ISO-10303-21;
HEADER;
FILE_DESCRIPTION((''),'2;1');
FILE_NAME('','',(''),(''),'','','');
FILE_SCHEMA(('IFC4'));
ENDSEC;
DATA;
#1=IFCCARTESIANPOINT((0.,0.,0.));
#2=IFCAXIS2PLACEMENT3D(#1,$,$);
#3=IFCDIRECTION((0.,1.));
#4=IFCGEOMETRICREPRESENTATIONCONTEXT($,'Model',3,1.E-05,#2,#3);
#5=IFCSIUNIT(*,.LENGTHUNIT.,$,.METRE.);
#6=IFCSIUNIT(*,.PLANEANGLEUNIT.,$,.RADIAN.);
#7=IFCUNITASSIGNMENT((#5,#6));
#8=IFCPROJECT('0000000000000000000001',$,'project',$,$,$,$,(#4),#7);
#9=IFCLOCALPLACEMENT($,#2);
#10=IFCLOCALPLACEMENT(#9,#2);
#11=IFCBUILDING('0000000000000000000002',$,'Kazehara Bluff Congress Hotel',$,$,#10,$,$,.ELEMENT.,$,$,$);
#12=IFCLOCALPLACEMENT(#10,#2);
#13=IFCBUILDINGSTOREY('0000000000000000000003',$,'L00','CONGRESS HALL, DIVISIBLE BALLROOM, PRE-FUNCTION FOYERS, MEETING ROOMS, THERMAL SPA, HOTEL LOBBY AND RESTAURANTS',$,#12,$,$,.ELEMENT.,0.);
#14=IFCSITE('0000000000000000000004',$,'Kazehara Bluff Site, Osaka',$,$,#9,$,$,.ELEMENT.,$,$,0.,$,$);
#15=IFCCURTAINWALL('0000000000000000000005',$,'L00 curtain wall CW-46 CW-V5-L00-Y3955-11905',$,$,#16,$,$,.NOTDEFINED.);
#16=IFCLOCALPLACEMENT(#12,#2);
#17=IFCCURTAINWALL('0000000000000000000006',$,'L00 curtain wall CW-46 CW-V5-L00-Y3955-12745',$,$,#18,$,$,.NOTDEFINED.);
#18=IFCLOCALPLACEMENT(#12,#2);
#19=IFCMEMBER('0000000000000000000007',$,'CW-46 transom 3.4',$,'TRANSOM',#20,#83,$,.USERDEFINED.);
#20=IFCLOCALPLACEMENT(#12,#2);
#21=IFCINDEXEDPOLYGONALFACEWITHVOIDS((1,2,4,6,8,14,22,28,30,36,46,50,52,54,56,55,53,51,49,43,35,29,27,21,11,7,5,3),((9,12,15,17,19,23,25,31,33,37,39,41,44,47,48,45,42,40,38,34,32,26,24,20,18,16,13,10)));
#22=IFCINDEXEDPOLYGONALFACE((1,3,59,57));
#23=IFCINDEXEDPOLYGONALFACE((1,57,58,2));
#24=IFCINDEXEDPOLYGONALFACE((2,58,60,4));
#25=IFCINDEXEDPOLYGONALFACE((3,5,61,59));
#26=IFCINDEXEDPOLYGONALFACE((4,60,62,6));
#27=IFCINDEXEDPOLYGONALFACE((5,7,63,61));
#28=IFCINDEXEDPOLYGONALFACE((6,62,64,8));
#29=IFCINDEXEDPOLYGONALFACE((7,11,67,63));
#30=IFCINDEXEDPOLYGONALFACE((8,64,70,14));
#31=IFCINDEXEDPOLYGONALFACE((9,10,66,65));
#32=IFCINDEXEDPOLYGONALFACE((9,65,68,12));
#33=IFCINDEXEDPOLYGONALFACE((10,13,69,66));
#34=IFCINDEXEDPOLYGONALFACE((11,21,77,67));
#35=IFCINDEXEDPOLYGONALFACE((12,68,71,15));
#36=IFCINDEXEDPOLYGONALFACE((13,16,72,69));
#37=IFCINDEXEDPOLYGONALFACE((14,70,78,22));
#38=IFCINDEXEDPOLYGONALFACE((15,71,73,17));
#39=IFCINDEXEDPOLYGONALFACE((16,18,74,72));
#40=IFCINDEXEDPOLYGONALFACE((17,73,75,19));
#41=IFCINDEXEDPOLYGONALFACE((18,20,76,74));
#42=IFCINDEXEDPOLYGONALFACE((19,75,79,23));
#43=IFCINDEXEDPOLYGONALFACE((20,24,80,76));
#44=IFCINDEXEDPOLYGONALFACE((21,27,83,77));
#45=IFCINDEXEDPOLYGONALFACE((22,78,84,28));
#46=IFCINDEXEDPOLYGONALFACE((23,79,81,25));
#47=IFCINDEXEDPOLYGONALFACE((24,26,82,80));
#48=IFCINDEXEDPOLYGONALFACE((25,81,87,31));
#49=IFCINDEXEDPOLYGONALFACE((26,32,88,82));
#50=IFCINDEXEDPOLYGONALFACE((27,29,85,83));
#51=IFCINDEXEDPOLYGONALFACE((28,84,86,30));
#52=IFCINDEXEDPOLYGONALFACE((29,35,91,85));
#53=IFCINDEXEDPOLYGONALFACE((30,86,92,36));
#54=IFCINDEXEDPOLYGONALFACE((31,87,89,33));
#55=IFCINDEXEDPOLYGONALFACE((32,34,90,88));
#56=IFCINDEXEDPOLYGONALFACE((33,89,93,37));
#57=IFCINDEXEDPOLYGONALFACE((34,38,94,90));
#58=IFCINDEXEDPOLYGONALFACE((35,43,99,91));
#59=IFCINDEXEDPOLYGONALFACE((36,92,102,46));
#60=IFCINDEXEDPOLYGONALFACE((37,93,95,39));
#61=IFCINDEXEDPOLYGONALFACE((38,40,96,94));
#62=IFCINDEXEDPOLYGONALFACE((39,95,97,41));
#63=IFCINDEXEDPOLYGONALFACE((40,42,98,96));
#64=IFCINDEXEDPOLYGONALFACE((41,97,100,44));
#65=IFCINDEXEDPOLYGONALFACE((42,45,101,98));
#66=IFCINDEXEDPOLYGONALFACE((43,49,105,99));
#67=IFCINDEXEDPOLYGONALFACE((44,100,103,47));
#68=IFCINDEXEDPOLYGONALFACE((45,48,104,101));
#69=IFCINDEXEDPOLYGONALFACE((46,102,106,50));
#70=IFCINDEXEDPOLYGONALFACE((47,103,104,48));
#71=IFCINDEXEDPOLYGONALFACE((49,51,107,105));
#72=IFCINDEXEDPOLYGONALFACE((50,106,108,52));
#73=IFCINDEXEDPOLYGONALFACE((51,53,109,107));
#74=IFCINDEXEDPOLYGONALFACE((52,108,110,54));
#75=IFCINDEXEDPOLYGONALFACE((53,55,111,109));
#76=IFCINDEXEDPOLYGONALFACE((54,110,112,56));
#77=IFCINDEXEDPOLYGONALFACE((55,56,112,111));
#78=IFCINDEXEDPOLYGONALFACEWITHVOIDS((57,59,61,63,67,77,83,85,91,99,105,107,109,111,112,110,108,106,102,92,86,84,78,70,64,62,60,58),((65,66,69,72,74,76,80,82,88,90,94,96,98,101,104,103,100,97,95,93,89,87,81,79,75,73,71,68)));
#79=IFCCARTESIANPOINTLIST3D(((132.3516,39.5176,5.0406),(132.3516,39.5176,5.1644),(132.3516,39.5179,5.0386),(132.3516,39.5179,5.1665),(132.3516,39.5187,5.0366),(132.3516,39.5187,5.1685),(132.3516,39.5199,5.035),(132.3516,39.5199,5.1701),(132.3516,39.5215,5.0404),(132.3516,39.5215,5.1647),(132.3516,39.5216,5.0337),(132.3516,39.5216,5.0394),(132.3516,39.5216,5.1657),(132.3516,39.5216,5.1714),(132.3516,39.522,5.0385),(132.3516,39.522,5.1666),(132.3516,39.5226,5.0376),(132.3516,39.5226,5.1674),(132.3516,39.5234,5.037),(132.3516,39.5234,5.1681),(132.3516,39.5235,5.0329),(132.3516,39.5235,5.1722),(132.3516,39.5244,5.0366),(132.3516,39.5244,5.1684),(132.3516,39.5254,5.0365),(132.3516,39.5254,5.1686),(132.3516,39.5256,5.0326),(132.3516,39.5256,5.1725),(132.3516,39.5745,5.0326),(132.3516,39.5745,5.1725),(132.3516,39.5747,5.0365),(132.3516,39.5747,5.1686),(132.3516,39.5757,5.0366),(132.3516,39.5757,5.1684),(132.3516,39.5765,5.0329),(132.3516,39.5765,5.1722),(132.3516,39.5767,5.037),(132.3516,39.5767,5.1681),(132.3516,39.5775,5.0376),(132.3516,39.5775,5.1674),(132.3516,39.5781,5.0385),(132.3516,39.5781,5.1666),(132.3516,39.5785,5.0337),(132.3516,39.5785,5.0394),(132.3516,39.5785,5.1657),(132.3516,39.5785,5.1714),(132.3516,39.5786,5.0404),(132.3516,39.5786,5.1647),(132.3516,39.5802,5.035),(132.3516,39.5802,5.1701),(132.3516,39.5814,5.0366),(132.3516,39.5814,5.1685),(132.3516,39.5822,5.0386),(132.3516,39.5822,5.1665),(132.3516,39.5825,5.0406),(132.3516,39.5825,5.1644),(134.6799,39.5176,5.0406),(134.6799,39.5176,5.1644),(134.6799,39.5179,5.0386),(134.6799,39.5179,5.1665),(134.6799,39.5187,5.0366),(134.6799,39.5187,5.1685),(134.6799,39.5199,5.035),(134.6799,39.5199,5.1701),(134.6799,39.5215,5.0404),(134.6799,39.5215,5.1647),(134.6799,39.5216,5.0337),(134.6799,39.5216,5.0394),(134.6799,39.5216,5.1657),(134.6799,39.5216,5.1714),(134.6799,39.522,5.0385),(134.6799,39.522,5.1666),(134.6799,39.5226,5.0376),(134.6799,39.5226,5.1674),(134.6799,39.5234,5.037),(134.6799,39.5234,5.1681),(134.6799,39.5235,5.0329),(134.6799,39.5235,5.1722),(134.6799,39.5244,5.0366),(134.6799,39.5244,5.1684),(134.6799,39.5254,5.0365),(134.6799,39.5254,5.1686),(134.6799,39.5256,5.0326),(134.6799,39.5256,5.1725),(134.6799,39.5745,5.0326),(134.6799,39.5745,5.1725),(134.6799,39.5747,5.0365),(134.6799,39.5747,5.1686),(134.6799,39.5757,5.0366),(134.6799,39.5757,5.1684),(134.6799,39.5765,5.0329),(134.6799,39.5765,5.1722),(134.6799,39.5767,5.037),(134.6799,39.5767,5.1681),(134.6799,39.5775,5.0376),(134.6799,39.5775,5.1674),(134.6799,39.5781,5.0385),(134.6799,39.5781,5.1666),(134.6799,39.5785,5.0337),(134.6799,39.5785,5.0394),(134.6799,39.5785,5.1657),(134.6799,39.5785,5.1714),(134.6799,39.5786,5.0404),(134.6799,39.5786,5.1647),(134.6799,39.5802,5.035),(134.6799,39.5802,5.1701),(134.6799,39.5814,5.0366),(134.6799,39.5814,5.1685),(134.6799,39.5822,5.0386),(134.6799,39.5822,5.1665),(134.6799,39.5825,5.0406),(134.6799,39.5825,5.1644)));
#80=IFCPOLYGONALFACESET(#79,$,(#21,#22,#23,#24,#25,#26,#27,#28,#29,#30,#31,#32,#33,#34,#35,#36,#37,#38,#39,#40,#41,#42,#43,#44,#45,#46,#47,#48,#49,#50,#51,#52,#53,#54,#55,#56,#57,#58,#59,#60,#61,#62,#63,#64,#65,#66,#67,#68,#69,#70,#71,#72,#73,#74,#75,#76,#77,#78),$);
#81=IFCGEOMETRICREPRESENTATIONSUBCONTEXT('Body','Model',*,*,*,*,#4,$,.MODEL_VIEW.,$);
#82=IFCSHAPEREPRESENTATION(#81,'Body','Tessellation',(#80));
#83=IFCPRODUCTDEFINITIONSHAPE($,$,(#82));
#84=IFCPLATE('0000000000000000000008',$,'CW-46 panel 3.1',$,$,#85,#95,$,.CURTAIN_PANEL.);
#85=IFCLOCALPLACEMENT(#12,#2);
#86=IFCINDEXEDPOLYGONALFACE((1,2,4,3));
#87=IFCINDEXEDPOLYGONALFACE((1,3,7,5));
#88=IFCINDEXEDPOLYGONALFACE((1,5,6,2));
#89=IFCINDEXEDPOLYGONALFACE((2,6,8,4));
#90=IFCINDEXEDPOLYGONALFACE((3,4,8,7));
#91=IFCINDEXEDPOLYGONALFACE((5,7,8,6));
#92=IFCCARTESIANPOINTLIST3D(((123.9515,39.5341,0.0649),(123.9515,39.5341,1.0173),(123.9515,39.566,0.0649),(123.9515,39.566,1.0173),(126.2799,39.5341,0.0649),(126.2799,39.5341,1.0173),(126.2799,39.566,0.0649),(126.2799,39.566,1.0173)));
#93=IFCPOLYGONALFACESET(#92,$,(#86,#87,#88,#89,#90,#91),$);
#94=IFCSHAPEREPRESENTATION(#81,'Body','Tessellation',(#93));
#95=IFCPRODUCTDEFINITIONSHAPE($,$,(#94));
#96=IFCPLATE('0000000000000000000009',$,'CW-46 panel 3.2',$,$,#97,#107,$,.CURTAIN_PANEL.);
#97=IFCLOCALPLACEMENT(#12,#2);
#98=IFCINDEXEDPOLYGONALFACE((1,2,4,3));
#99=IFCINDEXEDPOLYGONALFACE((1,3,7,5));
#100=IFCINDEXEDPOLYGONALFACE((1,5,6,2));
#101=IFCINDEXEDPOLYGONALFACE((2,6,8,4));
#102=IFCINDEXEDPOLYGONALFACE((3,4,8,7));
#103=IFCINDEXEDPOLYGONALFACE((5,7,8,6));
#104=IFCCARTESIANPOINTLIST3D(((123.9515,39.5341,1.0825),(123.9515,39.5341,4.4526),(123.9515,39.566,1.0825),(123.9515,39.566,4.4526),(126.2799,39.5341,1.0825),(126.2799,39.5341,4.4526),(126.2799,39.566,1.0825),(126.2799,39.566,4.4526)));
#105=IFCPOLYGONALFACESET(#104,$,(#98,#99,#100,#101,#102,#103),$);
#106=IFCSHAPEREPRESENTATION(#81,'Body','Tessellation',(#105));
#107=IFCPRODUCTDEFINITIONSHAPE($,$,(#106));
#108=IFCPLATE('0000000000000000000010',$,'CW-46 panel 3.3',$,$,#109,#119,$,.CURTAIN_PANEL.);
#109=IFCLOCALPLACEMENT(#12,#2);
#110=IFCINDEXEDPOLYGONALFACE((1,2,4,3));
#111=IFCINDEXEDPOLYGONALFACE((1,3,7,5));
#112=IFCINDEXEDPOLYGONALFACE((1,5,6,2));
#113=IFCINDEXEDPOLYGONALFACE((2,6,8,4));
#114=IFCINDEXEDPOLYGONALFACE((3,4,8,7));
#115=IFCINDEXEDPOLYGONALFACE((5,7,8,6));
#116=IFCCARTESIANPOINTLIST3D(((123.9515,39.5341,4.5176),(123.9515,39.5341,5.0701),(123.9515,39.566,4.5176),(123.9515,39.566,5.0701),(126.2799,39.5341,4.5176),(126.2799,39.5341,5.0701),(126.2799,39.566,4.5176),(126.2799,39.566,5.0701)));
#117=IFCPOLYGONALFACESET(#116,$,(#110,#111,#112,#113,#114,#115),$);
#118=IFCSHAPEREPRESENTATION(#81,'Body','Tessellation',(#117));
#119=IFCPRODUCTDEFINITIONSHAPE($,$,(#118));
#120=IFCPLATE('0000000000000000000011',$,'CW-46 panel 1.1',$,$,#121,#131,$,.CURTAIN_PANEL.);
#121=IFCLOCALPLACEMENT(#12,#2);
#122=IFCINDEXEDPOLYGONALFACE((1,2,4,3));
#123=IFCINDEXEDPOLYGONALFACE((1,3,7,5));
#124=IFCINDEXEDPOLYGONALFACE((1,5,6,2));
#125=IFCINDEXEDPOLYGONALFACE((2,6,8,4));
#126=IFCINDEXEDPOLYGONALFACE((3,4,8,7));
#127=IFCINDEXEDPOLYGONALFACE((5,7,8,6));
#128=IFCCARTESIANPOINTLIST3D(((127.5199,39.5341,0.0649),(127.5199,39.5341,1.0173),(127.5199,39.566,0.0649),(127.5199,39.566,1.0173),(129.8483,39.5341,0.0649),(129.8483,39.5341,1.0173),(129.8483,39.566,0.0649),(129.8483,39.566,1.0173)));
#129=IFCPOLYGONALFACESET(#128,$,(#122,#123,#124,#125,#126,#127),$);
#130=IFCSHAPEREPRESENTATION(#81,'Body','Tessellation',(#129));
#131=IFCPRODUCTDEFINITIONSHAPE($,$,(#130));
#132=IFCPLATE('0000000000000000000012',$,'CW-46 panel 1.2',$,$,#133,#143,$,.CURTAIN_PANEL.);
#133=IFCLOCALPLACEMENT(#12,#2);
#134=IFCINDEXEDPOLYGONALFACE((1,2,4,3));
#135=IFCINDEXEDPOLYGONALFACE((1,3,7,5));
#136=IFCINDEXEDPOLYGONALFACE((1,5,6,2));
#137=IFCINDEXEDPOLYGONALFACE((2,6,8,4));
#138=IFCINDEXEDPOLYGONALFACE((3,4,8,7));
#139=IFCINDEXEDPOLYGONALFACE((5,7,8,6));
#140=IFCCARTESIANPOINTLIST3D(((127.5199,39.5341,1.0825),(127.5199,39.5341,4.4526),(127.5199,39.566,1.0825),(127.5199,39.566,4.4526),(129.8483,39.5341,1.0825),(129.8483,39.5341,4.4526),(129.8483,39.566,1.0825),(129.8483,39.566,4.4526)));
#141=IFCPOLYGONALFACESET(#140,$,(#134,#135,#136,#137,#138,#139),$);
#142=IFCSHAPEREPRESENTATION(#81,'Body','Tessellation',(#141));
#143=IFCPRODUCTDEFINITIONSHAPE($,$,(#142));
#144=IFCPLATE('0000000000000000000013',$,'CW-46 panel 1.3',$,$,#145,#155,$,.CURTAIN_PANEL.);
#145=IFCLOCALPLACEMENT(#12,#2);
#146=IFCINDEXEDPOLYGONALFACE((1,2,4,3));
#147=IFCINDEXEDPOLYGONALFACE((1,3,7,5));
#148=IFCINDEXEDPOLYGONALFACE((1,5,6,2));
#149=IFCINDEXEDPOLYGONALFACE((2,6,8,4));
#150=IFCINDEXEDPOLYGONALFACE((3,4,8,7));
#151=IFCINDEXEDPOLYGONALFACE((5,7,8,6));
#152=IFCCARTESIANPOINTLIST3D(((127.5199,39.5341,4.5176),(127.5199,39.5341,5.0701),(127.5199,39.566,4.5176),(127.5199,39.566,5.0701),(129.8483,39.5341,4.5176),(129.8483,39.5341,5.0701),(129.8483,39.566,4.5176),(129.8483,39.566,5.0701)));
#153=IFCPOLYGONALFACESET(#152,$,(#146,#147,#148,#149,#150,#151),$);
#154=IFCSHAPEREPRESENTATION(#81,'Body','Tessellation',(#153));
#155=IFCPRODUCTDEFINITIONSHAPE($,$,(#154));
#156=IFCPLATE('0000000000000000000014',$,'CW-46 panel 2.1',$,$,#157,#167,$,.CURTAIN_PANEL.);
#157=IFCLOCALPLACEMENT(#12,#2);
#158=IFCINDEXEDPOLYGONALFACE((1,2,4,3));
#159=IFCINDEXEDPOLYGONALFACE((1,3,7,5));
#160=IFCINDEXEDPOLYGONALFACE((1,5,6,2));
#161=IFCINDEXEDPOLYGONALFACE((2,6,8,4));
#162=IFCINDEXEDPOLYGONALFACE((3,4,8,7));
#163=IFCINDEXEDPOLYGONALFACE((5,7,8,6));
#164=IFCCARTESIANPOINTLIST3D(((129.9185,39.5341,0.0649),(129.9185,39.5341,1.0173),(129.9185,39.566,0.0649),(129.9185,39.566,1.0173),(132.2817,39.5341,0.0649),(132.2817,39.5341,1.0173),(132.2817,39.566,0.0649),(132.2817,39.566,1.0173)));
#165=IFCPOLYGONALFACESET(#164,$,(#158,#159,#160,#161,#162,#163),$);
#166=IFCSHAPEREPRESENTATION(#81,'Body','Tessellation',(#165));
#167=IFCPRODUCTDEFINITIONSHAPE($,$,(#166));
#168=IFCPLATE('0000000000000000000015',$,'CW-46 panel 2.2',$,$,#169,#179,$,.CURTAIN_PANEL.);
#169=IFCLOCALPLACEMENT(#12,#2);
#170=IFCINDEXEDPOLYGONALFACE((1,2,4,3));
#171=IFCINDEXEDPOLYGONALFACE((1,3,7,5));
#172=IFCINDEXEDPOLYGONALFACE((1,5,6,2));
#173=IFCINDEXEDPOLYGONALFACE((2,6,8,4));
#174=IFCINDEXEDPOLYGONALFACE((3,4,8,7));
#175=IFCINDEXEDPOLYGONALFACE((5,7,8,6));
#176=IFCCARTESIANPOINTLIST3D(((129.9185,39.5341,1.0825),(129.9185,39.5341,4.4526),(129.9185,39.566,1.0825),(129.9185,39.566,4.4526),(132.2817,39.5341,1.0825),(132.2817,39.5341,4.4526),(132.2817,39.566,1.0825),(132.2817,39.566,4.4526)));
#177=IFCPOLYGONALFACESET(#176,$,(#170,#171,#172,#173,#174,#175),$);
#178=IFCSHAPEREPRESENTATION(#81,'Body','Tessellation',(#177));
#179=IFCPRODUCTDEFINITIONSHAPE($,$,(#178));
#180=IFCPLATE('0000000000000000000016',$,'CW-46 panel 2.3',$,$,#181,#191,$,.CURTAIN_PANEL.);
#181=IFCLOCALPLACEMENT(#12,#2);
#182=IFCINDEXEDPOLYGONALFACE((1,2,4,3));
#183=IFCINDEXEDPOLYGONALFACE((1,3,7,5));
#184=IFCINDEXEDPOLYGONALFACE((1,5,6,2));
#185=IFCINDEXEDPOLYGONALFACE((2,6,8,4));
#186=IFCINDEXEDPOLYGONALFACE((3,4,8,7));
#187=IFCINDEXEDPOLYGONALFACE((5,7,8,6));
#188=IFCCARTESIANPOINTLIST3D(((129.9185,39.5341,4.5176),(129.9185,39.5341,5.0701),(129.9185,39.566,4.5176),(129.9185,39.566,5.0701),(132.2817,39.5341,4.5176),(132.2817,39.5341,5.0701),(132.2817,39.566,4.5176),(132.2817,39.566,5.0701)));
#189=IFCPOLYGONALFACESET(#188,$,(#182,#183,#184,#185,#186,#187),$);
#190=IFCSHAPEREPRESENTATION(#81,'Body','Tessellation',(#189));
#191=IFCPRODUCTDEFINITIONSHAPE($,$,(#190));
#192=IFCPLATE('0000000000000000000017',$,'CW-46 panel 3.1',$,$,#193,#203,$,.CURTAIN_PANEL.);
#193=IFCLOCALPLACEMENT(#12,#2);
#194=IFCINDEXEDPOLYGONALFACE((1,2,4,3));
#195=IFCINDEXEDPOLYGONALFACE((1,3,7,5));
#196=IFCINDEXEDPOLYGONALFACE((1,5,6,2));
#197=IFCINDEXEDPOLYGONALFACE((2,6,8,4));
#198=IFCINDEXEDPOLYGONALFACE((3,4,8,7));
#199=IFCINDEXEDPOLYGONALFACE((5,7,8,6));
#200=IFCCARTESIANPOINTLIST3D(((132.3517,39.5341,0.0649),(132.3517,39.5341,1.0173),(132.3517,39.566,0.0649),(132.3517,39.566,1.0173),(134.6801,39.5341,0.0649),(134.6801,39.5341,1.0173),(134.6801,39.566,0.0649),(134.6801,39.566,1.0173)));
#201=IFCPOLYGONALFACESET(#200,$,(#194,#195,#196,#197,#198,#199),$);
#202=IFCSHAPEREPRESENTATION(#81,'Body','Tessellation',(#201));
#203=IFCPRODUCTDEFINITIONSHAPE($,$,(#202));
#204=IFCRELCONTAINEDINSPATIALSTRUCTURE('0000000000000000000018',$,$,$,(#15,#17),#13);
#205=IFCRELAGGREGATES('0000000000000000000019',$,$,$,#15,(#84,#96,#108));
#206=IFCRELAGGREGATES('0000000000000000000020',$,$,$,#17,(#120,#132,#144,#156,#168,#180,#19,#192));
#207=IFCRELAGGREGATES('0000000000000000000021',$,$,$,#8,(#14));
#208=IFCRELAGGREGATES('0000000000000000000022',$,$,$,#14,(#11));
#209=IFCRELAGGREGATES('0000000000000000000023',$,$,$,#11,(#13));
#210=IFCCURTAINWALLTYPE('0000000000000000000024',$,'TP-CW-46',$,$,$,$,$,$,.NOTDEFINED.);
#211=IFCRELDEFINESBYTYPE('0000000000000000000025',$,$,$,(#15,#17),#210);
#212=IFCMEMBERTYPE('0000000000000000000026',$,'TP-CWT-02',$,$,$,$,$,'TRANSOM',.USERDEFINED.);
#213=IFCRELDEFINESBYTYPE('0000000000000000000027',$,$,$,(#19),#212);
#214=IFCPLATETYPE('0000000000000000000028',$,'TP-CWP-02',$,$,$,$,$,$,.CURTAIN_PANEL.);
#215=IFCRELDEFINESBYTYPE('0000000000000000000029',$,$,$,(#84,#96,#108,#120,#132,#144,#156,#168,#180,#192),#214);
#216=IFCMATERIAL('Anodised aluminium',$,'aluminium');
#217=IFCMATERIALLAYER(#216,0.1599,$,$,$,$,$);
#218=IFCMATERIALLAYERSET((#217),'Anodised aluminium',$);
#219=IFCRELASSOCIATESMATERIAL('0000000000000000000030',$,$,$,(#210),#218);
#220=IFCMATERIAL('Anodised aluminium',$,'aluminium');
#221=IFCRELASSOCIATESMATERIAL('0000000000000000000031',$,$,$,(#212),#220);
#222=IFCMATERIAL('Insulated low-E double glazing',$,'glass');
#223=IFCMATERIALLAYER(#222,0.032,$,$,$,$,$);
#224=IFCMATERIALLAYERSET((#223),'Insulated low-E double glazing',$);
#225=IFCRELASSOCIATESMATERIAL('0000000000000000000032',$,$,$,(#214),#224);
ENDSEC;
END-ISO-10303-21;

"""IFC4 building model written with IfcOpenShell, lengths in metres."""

from ifc_helpers import new_model, si_unit, direction, frame, origin, origin_2d, place, context, subcontext, project, spatial, rectangle, hollow_rectangle, extrude, material, layer, layer_set, material_profile, profile_set, type_object, element, aggregate, save


model = new_model("IFC4")

# Units and contexts
model_context = context("Model", 3, precision=1e-05, world=origin(), true_north=direction((0.0, 1.0)))
body_context = subcontext(model_context, "Body", "Model", "MODEL_VIEW")
ifc_project = project(units=[si_unit("LENGTHUNIT", "METRE"), si_unit("PLANEANGLEUNIT", "RADIAN")], contexts=[model_context])

# Site, building, storey
site_placement = place(None, origin())
site = spatial("IfcSite", under=ifc_project, at=site_placement, Name="Kazehara Bluff Site, Osaka", CompositionType="ELEMENT", RefElevation=0.0)
building_placement = place(site_placement, origin())
building = spatial("IfcBuilding", under=site, at=building_placement, Name="Kazehara Bluff Congress Hotel", CompositionType="ELEMENT")
storey_placement = place(building_placement, origin())
storey = spatial("IfcBuildingStorey", under=building, at=storey_placement, Name="L00", Description="CONGRESS HALL, DIVISIBLE BALLROOM, PRE-FUNCTION FOYERS, MEETING ROOMS, THERMAL SPA, HOTEL LOBBY AND RESTAURANTS", CompositionType="ELEMENT", Elevation=0.0)

# Curtain wall
ifc_material_1 = material(Name="Anodised aluminium", Category="aluminium")
ifc_layer_1 = layer(ifc_material_1, 0.1599)
ifc_layer_set_1 = layer_set([ifc_layer_1], Name="Anodised aluminium")
curtain_wall_type = type_object("IfcCurtainWallType", Name="TP-CW-46", PredefinedType="NOTDEFINED", material=ifc_layer_set_1)
curtain_wall_1_placement = place(storey_placement, origin())
curtain_wall_1 = element("IfcCurtainWall", 1, at=curtain_wall_1_placement, inside=storey, type_object=curtain_wall_type, Name="L00 curtain wall CW-46 CW-V5-L00-Y3955-11905", PredefinedType="NOTDEFINED")

# Curtain wall, member
curtain_wall_2_placement = place(storey_placement, origin())
curtain_wall_2 = element("IfcCurtainWall", 2, at=curtain_wall_2_placement, inside=storey, type_object=curtain_wall_type, Name="L00 curtain wall CW-46 CW-V5-L00-Y3955-12745", PredefinedType="NOTDEFINED")
ifc_material_2 = material(Name="Anodised aluminium", Category="aluminium")
ifc_material_profile_1 = material_profile(ifc_material_2, hollow_rectangle(XDim=0.0649, YDim=0.1399, WallThickness=0.0039, InnerFilletRadius=0.0039, OuterFilletRadius=0.0081, at=origin_2d()))
ifc_profile_set_1 = profile_set([ifc_material_profile_1], Name="Anodised aluminium")
member_type_1 = type_object("IfcMemberType", Name="TP-CWT-02", ElementType="TRANSOM", PredefinedType="USERDEFINED", material=ifc_profile_set_1)
member_1_placement = place(storey_placement, frame((132.3516, 39.55, 5.1025), z_axis=(1.0, 0.0, 0.0), x_axis=(0.0, 1.0, 0.0)))
member_1 = element("IfcMember", 3, at=member_1_placement, type_object=member_type_1, Name="CW-46 transom 3.4", ObjectType="TRANSOM", PredefinedType="USERDEFINED", context=body_context, shape_type="SweptSolid", body=[
    extrude(hollow_rectangle(XDim=0.0649, YDim=0.1399, WallThickness=0.0039, InnerFilletRadius=0.0039, OuterFilletRadius=0.0081, at=origin_2d()), origin(), (0.0, 0.0, 1.0), 2.3284),
])

# Plates
ifc_material_3 = material(Name="Insulated low-E double glazing", Category="glass")
ifc_layer_2 = layer(ifc_material_3, 0.032)
ifc_layer_set_2 = layer_set([ifc_layer_2], Name="Insulated low-E double glazing")
plate_type = type_object("IfcPlateType", Name="TP-CWP-02", PredefinedType="CURTAIN_PANEL", material=ifc_layer_set_2)
plate_1_placement = place(storey_placement, frame((125.1157, 39.55, 0.0649), z_axis=(0.0, 0.0, 1.0), x_axis=(1.0, 0.0, 0.0)))
plate_1 = element("IfcPlate", 4, at=plate_1_placement, type_object=plate_type, Name="CW-46 panel 3.1", PredefinedType="CURTAIN_PANEL", context=body_context, shape_type="SweptSolid", body=[
    extrude(rectangle(XDim=2.3284, YDim=0.032, at=origin_2d()), origin(), (0.0, 0.0, 1.0), 0.9524),
])
plate_2_placement = place(storey_placement, frame((125.1157, 39.55, 1.0825), z_axis=(0.0, 0.0, 1.0), x_axis=(1.0, 0.0, 0.0)))
plate_2 = element("IfcPlate", 5, at=plate_2_placement, type_object=plate_type, Name="CW-46 panel 3.2", PredefinedType="CURTAIN_PANEL", context=body_context, shape_type="SweptSolid", body=[
    extrude(rectangle(XDim=2.3284, YDim=0.032, at=origin_2d()), origin(), (0.0, 0.0, 1.0), 3.3701),
])
plate_3_placement = place(storey_placement, frame((125.1157, 39.55, 4.5176), z_axis=(0.0, 0.0, 1.0), x_axis=(1.0, 0.0, 0.0)))
plate_3 = element("IfcPlate", 6, at=plate_3_placement, type_object=plate_type, Name="CW-46 panel 3.3", PredefinedType="CURTAIN_PANEL", context=body_context, shape_type="SweptSolid", body=[
    extrude(rectangle(XDim=2.3284, YDim=0.032, at=origin_2d()), origin(), (0.0, 0.0, 1.0), 0.5525),
])
aggregate(curtain_wall_1, [plate_1, plate_2, plate_3])
plate_4_placement = place(storey_placement, frame((128.6841, 39.55, 0.0649), z_axis=(0.0, 0.0, 1.0), x_axis=(1.0, 0.0, 0.0)))
plate_4 = element("IfcPlate", 7, at=plate_4_placement, type_object=plate_type, Name="CW-46 panel 1.1", PredefinedType="CURTAIN_PANEL", context=body_context, shape_type="SweptSolid", body=[
    extrude(rectangle(XDim=2.3284, YDim=0.032, at=origin_2d()), origin(), (0.0, 0.0, 1.0), 0.9524),
])
plate_5_placement = place(storey_placement, frame((128.6841, 39.55, 1.0825), z_axis=(0.0, 0.0, 1.0), x_axis=(1.0, 0.0, 0.0)))
plate_5 = element("IfcPlate", 8, at=plate_5_placement, type_object=plate_type, Name="CW-46 panel 1.2", PredefinedType="CURTAIN_PANEL", context=body_context, shape_type="SweptSolid", body=[
    extrude(rectangle(XDim=2.3284, YDim=0.032, at=origin_2d()), origin(), (0.0, 0.0, 1.0), 3.3701),
])
plate_6_placement = place(storey_placement, frame((128.6841, 39.55, 4.5176), z_axis=(0.0, 0.0, 1.0), x_axis=(1.0, 0.0, 0.0)))
plate_6 = element("IfcPlate", 9, at=plate_6_placement, type_object=plate_type, Name="CW-46 panel 1.3", PredefinedType="CURTAIN_PANEL", context=body_context, shape_type="SweptSolid", body=[
    extrude(rectangle(XDim=2.3284, YDim=0.032, at=origin_2d()), origin(), (0.0, 0.0, 1.0), 0.5525),
])
plate_7_placement = place(storey_placement, frame((131.1001, 39.55, 0.0649), z_axis=(0.0, 0.0, 1.0), x_axis=(1.0, 0.0, 0.0)))
plate_7 = element("IfcPlate", 10, at=plate_7_placement, type_object=plate_type, Name="CW-46 panel 2.1", PredefinedType="CURTAIN_PANEL", context=body_context, shape_type="SweptSolid", body=[
    extrude(rectangle(XDim=2.3633, YDim=0.032, at=origin_2d()), origin(), (0.0, 0.0, 1.0), 0.9524),
])
plate_8_placement = place(storey_placement, frame((131.1001, 39.55, 1.0825), z_axis=(0.0, 0.0, 1.0), x_axis=(1.0, 0.0, 0.0)))
plate_8 = element("IfcPlate", 11, at=plate_8_placement, type_object=plate_type, Name="CW-46 panel 2.2", PredefinedType="CURTAIN_PANEL", context=body_context, shape_type="SweptSolid", body=[
    extrude(rectangle(XDim=2.3633, YDim=0.032, at=origin_2d()), origin(), (0.0, 0.0, 1.0), 3.3701),
])
plate_9_placement = place(storey_placement, frame((131.1001, 39.55, 4.5176), z_axis=(0.0, 0.0, 1.0), x_axis=(1.0, 0.0, 0.0)))
plate_9 = element("IfcPlate", 12, at=plate_9_placement, type_object=plate_type, Name="CW-46 panel 2.3", PredefinedType="CURTAIN_PANEL", context=body_context, shape_type="SweptSolid", body=[
    extrude(rectangle(XDim=2.3633, YDim=0.032, at=origin_2d()), origin(), (0.0, 0.0, 1.0), 0.5525),
])
plate_10_placement = place(storey_placement, frame((133.5159, 39.55, 0.0649), z_axis=(0.0, 0.0, 1.0), x_axis=(1.0, 0.0, 0.0)))
plate_10 = element("IfcPlate", 13, at=plate_10_placement, type_object=plate_type, Name="CW-46 panel 3.1", PredefinedType="CURTAIN_PANEL", context=body_context, shape_type="SweptSolid", body=[
    extrude(rectangle(XDim=2.3284, YDim=0.032, at=origin_2d()), origin(), (0.0, 0.0, 1.0), 0.9524),
])
aggregate(curtain_wall_2, [plate_4, plate_5, plate_6, plate_7, plate_8, plate_9, member_1, plate_10])

save(model, "model.ifc")
